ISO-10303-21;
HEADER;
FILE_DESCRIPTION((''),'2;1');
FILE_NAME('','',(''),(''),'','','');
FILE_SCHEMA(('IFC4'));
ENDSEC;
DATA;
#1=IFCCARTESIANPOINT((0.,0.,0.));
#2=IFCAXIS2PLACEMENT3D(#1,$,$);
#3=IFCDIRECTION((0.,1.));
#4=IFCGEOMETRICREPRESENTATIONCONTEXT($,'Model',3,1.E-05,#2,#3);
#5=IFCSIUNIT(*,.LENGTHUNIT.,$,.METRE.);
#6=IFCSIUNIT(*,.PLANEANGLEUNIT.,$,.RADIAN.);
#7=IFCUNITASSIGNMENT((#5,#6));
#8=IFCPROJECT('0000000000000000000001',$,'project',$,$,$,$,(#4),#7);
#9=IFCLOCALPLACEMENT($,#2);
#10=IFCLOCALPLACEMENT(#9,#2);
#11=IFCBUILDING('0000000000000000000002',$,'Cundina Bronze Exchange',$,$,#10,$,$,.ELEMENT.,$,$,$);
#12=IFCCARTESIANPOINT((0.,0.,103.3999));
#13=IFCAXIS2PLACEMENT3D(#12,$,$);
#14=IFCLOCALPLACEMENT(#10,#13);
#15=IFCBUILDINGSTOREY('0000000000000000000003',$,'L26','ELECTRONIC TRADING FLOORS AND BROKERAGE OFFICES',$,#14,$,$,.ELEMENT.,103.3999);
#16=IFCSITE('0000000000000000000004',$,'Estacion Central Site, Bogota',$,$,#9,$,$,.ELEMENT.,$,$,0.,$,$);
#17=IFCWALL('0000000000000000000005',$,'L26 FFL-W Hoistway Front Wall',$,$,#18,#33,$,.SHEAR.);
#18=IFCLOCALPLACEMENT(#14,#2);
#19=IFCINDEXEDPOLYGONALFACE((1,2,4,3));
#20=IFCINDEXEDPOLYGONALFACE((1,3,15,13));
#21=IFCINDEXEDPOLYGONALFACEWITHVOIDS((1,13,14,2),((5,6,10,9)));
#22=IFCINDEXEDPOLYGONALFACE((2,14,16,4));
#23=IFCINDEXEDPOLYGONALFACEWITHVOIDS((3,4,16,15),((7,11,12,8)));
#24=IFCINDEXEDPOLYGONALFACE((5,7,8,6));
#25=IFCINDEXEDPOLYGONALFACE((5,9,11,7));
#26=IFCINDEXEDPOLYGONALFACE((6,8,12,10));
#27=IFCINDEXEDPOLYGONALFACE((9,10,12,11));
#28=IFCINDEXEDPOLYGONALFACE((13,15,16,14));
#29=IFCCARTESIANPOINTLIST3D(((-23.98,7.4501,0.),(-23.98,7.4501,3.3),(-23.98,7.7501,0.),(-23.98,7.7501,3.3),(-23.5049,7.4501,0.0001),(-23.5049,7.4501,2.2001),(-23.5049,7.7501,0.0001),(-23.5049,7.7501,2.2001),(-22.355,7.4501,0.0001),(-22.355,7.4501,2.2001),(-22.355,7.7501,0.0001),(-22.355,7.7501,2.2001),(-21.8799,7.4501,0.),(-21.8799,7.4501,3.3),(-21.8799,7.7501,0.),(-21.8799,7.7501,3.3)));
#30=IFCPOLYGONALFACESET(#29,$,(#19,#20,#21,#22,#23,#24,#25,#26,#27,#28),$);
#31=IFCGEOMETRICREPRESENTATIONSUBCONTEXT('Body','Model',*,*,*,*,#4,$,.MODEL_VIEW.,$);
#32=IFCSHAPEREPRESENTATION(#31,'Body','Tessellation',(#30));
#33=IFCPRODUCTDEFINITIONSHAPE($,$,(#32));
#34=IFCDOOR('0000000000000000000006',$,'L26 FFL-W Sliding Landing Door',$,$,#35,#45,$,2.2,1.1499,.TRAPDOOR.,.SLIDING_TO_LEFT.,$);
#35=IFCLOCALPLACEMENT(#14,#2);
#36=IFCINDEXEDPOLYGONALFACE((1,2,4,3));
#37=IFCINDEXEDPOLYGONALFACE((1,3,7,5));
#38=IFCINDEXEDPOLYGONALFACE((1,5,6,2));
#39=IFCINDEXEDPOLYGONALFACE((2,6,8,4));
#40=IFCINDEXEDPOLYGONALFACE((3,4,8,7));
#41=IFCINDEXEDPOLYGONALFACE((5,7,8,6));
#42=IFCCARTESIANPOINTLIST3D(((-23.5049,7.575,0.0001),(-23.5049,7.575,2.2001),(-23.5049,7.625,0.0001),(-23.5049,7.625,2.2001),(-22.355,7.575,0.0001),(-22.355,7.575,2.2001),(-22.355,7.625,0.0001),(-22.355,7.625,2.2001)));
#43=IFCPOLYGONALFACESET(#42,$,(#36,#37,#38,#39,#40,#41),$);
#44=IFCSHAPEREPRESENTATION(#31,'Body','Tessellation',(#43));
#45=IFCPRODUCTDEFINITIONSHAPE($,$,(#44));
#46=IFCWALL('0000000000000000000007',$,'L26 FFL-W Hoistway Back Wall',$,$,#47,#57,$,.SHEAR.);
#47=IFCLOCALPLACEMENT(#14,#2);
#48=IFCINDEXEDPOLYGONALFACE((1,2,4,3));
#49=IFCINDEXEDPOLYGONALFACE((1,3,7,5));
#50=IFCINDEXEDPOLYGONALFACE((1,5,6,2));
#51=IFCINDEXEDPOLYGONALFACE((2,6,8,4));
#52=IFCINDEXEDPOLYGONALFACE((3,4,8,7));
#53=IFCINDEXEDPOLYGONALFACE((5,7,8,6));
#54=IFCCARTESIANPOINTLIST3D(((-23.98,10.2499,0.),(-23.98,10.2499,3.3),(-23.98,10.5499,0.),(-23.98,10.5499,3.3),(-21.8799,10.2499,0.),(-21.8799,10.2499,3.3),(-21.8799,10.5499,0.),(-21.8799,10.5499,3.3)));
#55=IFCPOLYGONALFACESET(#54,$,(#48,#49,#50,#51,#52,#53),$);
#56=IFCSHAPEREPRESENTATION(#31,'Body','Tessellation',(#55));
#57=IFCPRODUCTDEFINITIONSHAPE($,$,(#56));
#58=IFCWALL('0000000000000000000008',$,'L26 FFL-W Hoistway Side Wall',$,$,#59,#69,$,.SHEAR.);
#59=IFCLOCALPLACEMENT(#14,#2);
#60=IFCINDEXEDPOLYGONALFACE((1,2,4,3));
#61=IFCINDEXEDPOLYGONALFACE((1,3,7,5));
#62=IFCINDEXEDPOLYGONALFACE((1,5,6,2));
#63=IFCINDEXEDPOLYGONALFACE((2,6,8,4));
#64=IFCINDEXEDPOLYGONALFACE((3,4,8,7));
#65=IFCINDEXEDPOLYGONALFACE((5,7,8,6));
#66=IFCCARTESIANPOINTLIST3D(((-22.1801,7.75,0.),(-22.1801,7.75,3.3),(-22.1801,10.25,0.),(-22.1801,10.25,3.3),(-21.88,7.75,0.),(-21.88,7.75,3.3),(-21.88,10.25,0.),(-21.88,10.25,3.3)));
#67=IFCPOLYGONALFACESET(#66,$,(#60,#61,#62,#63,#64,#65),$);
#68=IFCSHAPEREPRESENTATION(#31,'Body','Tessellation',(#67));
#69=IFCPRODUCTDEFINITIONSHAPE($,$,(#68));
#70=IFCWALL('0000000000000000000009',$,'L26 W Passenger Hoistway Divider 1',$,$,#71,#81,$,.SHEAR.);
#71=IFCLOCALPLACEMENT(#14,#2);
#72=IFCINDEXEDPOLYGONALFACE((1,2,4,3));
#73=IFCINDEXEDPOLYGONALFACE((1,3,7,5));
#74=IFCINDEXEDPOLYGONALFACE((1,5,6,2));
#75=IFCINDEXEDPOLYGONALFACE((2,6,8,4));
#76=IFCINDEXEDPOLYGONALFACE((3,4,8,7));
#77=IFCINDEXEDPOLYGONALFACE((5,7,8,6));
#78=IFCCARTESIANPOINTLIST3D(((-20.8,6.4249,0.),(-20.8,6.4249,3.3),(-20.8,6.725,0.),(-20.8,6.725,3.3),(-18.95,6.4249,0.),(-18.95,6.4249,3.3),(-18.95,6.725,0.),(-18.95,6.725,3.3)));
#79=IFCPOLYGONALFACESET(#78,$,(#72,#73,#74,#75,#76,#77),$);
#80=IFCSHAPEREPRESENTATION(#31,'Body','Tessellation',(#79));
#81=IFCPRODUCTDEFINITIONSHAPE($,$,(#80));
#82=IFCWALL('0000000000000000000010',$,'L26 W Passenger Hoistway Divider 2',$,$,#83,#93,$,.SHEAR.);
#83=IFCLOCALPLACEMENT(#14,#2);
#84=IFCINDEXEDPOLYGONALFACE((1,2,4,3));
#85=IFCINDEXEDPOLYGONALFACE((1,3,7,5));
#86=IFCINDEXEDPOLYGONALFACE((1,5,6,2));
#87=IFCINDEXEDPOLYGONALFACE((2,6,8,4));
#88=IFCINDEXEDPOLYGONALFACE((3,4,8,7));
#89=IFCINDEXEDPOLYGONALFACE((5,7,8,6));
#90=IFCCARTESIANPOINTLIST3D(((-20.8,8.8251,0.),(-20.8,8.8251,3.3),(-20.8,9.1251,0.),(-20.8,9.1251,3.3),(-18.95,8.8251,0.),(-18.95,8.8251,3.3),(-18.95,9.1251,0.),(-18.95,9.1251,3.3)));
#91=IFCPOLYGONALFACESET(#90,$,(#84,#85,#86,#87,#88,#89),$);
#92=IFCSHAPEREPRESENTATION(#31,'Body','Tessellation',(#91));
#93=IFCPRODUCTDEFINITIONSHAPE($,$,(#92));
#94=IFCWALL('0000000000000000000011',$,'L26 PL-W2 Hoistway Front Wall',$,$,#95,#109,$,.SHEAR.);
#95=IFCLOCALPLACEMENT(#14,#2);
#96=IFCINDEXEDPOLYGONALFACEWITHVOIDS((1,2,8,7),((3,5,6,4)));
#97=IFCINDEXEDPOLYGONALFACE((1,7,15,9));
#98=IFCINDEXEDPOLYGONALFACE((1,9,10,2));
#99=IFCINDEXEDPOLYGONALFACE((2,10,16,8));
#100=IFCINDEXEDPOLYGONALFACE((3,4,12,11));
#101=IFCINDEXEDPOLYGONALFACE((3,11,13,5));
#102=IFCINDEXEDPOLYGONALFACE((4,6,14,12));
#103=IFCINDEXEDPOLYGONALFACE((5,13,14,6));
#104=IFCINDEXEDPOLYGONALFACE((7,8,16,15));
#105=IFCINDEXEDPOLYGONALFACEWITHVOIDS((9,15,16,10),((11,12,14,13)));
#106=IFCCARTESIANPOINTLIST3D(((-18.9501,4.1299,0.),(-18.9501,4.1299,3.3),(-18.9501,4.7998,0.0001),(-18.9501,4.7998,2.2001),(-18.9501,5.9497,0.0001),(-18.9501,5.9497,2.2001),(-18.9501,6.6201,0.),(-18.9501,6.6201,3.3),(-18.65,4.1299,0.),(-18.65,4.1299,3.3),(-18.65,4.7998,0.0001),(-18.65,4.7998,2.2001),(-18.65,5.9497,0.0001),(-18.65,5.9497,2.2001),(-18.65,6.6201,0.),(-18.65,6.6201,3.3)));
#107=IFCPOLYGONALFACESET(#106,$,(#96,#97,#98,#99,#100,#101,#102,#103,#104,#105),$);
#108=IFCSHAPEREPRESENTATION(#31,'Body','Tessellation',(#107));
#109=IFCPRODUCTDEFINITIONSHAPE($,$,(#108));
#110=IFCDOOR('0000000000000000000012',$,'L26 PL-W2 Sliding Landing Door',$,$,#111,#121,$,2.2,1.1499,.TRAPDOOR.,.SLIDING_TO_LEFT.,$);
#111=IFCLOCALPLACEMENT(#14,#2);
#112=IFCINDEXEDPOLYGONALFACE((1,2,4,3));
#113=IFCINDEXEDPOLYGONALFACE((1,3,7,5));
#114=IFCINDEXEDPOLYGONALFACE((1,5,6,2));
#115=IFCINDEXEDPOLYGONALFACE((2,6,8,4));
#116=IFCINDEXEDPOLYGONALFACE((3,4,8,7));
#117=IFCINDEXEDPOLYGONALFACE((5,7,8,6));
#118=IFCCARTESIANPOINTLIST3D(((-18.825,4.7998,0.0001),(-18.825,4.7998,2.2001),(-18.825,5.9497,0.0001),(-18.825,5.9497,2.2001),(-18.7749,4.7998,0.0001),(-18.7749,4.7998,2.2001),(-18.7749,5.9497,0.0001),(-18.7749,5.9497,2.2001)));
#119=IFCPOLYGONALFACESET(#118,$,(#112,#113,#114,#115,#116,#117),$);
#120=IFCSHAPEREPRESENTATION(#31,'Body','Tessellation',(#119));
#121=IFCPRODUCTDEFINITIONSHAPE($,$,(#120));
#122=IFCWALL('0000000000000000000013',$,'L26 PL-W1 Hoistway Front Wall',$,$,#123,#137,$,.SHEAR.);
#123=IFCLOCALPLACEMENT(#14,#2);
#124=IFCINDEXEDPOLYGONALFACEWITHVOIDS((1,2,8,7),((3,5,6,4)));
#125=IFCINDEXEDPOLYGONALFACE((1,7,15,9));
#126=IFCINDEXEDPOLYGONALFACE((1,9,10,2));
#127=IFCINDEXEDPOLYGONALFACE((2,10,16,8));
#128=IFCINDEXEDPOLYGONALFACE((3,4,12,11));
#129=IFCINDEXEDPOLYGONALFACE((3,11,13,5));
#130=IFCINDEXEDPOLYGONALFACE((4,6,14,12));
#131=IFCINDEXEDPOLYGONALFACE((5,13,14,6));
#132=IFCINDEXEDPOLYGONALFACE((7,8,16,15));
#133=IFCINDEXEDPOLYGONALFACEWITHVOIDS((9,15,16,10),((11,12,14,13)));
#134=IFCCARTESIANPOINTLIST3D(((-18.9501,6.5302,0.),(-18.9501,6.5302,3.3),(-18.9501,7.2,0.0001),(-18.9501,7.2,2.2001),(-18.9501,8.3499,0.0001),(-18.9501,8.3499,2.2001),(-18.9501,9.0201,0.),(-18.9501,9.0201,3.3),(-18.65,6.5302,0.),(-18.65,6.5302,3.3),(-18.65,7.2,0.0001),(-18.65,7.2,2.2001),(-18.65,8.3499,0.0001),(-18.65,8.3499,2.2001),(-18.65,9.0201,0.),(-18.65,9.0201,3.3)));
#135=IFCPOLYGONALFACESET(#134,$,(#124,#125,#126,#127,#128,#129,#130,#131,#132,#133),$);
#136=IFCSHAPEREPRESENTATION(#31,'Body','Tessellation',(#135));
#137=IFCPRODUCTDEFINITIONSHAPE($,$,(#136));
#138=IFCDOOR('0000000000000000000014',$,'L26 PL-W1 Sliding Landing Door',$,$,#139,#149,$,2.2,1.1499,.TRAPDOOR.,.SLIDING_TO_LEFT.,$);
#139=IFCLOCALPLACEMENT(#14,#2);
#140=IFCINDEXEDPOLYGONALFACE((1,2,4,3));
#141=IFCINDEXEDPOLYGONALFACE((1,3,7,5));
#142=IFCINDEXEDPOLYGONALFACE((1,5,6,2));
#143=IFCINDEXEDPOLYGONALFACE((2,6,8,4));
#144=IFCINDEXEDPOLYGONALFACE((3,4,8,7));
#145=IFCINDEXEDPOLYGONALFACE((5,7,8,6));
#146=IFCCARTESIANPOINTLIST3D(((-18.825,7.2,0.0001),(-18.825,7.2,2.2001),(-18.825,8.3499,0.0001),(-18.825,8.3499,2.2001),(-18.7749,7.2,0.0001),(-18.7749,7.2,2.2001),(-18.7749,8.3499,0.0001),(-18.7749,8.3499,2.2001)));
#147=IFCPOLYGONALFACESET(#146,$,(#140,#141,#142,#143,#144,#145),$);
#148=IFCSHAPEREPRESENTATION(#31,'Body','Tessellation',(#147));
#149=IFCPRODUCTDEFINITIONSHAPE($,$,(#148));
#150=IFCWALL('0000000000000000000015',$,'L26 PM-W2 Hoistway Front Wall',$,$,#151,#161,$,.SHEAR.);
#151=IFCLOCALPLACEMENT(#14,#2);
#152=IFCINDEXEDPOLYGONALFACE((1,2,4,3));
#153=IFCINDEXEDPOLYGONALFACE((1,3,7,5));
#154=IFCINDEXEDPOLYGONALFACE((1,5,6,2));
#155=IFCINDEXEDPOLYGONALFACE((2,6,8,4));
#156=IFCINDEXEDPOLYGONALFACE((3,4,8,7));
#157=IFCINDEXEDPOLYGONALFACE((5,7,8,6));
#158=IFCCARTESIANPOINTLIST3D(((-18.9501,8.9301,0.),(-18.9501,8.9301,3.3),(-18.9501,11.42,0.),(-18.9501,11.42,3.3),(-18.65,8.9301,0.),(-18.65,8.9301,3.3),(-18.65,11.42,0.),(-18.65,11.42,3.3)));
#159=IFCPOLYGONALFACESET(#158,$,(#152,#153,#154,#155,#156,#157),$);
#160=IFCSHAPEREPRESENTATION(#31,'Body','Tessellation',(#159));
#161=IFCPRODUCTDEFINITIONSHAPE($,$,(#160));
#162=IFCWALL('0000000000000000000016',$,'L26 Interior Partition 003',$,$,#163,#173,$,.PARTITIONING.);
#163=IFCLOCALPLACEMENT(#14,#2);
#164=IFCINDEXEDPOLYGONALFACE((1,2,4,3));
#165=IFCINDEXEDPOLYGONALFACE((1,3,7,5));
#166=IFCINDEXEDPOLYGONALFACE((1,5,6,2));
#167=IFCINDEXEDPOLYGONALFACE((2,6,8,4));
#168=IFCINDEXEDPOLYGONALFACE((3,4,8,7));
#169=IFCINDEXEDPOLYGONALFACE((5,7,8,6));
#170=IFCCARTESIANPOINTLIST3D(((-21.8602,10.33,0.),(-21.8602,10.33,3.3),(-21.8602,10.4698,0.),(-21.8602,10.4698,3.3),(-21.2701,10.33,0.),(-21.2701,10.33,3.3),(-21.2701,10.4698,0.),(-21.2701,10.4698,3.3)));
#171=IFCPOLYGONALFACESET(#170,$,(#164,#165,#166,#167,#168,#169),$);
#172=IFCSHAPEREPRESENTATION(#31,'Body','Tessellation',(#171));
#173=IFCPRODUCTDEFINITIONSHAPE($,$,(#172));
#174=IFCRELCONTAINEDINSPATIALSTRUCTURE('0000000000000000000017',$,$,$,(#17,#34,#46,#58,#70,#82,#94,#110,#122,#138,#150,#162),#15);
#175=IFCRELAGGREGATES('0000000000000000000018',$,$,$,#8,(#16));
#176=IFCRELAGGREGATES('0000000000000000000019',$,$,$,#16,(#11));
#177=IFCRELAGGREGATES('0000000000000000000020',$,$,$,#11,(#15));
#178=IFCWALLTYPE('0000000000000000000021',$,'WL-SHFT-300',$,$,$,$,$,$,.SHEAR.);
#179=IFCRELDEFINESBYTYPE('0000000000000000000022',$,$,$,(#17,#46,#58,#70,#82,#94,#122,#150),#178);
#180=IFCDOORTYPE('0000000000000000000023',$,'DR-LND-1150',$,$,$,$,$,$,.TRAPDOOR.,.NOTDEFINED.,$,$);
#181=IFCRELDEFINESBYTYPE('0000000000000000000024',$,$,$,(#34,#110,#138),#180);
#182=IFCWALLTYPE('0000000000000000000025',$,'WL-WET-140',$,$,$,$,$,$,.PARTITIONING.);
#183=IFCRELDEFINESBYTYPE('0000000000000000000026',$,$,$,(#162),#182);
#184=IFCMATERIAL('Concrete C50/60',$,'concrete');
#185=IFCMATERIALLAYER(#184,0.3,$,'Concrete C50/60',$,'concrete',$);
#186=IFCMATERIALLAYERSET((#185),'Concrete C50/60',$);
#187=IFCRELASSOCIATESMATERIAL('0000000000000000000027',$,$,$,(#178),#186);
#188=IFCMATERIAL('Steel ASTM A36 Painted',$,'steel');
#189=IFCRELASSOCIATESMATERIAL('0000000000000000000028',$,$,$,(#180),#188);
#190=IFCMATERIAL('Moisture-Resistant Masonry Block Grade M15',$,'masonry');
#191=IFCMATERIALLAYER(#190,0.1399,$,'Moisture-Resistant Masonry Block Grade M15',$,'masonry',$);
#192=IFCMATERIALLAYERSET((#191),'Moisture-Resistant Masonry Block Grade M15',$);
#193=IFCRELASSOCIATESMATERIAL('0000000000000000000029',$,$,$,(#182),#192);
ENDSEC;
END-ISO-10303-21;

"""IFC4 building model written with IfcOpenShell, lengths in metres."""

from ifc_helpers import new_model, si_unit, direction, frame, frame_2d, origin, place, context, subcontext, project, spatial, rectangle, extrude, material, layer, layer_set, type_object, element, fill, save


model = new_model("IFC4")

# Units and contexts
model_context = context("Model", 3, precision=1e-05, world=origin(), true_north=direction((0.0, 1.0)))
body_context = subcontext(model_context, "Body", "Model", "MODEL_VIEW")
ifc_project = project(units=[si_unit("LENGTHUNIT", "METRE"), si_unit("PLANEANGLEUNIT", "RADIAN")], contexts=[model_context])

# Site, building, storey
site_placement = place(None, origin())
site = spatial("IfcSite", under=ifc_project, at=site_placement, Name="Estacion Central Site, Bogota", CompositionType="ELEMENT", RefElevation=0.0)
building_placement = place(site_placement, origin())
building = spatial("IfcBuilding", under=site, at=building_placement, Name="Cundina Bronze Exchange", CompositionType="ELEMENT")
storey_placement = place(building_placement, frame((0.0, 0.0, 103.3999)))
storey = spatial("IfcBuildingStorey", under=building, at=storey_placement, Name="L26", Description="ELECTRONIC TRADING FLOORS AND BROKERAGE OFFICES", CompositionType="ELEMENT", Elevation=103.3999)

# Shared definitions
ifc_material_1 = material(Name="Concrete C50/60", Category="concrete")
ifc_layer_1 = layer(ifc_material_1, 0.3, Name="Concrete C50/60", Category="concrete")
ifc_layer_set_1 = layer_set([ifc_layer_1], Name="Concrete C50/60")
wall_type_1 = type_object("IfcWallType", Name="WL-SHFT-300", PredefinedType="SHEAR", material=ifc_layer_set_1)

# Wall, opening, door
wall_1_placement = place(storey_placement, frame((-23.98, 7.6001, 0.0), z_axis=(0.0, 0.0, 1.0), x_axis=(1.0, 0.0, 0.0)))
wall_1 = element("IfcWall", 1, at=wall_1_placement, inside=storey, type_object=wall_type_1, Name="L26 FFL-W Hoistway Front Wall", PredefinedType="SHEAR", context=body_context, shape_type="SweptSolid", body=[
    extrude(rectangle(XDim=2.1001, YDim=0.3, at=frame_2d((1.05, 0.0))), origin(), (0.0, 0.0, 1.0), 3.3),
])
opening_1_placement = place(wall_1_placement, frame((0.4751, 0.0, 0.0)))
opening_1 = element("IfcOpeningElement", 2, at=opening_1_placement, cuts=wall_1, PredefinedType="OPENING", context=body_context, shape_type="SweptSolid", body=[
    extrude(rectangle(XDim=1.1499, YDim=2.2, at=frame_2d((0.575, 1.1001))), frame((0.0, 0.1599, 0.0), z_axis=(0.0, -1.0, 0.0), x_axis=(1.0, 0.0, 0.0)), (0.0, 0.0, 1.0), 0.3201),
])
ifc_material_2 = material(Name="Steel ASTM A36 Painted", Category="steel")
door_type = type_object("IfcDoorType", Name="DR-LND-1150", OperationType="NOTDEFINED", PredefinedType="TRAPDOOR", material=ifc_material_2)
door_1_placement = place(opening_1_placement, origin())
door_1 = element("IfcDoor", 3, at=door_1_placement, inside=storey, type_object=door_type, Name="L26 FFL-W Sliding Landing Door", OperationType="SLIDING_TO_LEFT", OverallHeight=2.2, OverallWidth=1.1499, PredefinedType="TRAPDOOR", context=body_context, shape_type="SweptSolid", body=[
    extrude(rectangle(XDim=1.1499, YDim=2.2, at=frame_2d((0.575, 1.1001))), frame((0.0, 0.0249, 0.0), z_axis=(0.0, -1.0, 0.0), x_axis=(1.0, 0.0, 0.0)), (0.0, 0.0, 1.0), 0.05),
])
fill(opening_1, door_1)

# Walls
wall_2_placement = place(storey_placement, frame((-23.98, 10.3999, 0.0), z_axis=(0.0, 0.0, 1.0), x_axis=(1.0, 0.0, 0.0)))
element("IfcWall", 4, at=wall_2_placement, inside=storey, type_object=wall_type_1, Name="L26 FFL-W Hoistway Back Wall", PredefinedType="SHEAR", context=body_context, shape_type="SweptSolid", body=[
    extrude(rectangle(XDim=2.1001, YDim=0.3, at=frame_2d((1.05, 0.0))), origin(), (0.0, 0.0, 1.0), 3.3),
])
wall_3_placement = place(storey_placement, frame((-22.03, 7.75, 0.0), z_axis=(0.0, 0.0, 1.0), x_axis=(0.0, 1.0, 0.0)))
element("IfcWall", 5, at=wall_3_placement, inside=storey, type_object=wall_type_1, Name="L26 FFL-W Hoistway Side Wall", PredefinedType="SHEAR", context=body_context, shape_type="SweptSolid", body=[
    extrude(rectangle(XDim=2.5, YDim=0.3, at=frame_2d((1.25, 0.0))), origin(), (0.0, 0.0, 1.0), 3.3),
])
for number, where, z_axis, x_axis, name in (
    (6, (-20.8, 6.575, 0.0), (0.0, 0.0, 1.0), (1.0, 0.0, 0.0), "L26 W Passenger Hoistway Divider 1"),
    (7, (-20.8, 8.9751, 0.0), (0.0, 0.0, 1.0), (1.0, 0.0, 0.0), "L26 W Passenger Hoistway Divider 2"),
):
    element("IfcWall", number, at=place(storey_placement, frame(where, z_axis=z_axis, x_axis=x_axis)), inside=storey, type_object=wall_type_1, Name=name, PredefinedType="SHEAR", context=body_context, shape_type="SweptSolid", body=[
        extrude(rectangle(XDim=1.8501, YDim=0.3, at=frame_2d((0.925, 0.0))), origin(), (0.0, 0.0, 1.0), 3.3),
    ])

# Walls, openings, doors
wall_4_placement = place(storey_placement, frame((-18.8, 4.1299, 0.0), z_axis=(0.0, 0.0, 1.0), x_axis=(0.0, 1.0, 0.0)))
wall_4 = element("IfcWall", 8, at=wall_4_placement, inside=storey, type_object=wall_type_1, Name="L26 PL-W2 Hoistway Front Wall", PredefinedType="SHEAR", context=body_context, shape_type="SweptSolid", body=[
    extrude(rectangle(XDim=2.4902, YDim=0.3, at=frame_2d((1.2451, 0.0))), origin(), (0.0, 0.0, 1.0), 3.3),
])
opening_2_placement = place(wall_4_placement, frame((0.6699, 0.0, 0.0)))
opening_2 = element("IfcOpeningElement", 9, at=opening_2_placement, cuts=wall_4, PredefinedType="OPENING", context=body_context, shape_type="SweptSolid", body=[
    extrude(rectangle(XDim=1.1499, YDim=2.2, at=frame_2d((0.575, 1.1001))), frame((0.0, 0.1599, 0.0), z_axis=(0.0, -1.0, 0.0), x_axis=(1.0, 0.0, 0.0)), (0.0, 0.0, 1.0), 0.3201),
])
door_2_placement = place(opening_2_placement, origin())
door_2 = element("IfcDoor", 10, at=door_2_placement, inside=storey, type_object=door_type, Name="L26 PL-W2 Sliding Landing Door", OperationType="SLIDING_TO_LEFT", OverallHeight=2.2, OverallWidth=1.1499, PredefinedType="TRAPDOOR", context=body_context, shape_type="SweptSolid", body=[
    extrude(rectangle(XDim=1.1499, YDim=2.2, at=frame_2d((0.575, 1.1001))), frame((0.0, 0.0249, 0.0), z_axis=(0.0, -1.0, 0.0), x_axis=(1.0, 0.0, 0.0)), (0.0, 0.0, 1.0), 0.05),
])
fill(opening_2, door_2)
wall_5_placement = place(storey_placement, frame((-18.8, 6.53, 0.0), z_axis=(0.0, 0.0, 1.0), x_axis=(0.0, 1.0, 0.0)))
wall_5 = element("IfcWall", 11, at=wall_5_placement, inside=storey, type_object=wall_type_1, Name="L26 PL-W1 Hoistway Front Wall", PredefinedType="SHEAR", context=body_context, shape_type="SweptSolid", body=[
    extrude(rectangle(XDim=2.49, YDim=0.3, at=frame_2d((1.2451, 0.0))), origin(), (0.0, 0.0, 1.0), 3.3),
])
opening_3_placement = place(wall_5_placement, frame((0.6699, 0.0, 0.0)))
opening_3 = element("IfcOpeningElement", 12, at=opening_3_placement, cuts=wall_5, PredefinedType="OPENING", context=body_context, shape_type="SweptSolid", body=[
    extrude(rectangle(XDim=1.1499, YDim=2.2, at=frame_2d((0.575, 1.1001))), frame((0.0, 0.1599, 0.0), z_axis=(0.0, -1.0, 0.0), x_axis=(1.0, 0.0, 0.0)), (0.0, 0.0, 1.0), 0.3201),
])
door_3_placement = place(opening_3_placement, origin())
door_3 = element("IfcDoor", 13, at=door_3_placement, inside=storey, type_object=door_type, Name="L26 PL-W1 Sliding Landing Door", OperationType="SLIDING_TO_LEFT", OverallHeight=2.2, OverallWidth=1.1499, PredefinedType="TRAPDOOR", context=body_context, shape_type="SweptSolid", body=[
    extrude(rectangle(XDim=1.1499, YDim=2.2, at=frame_2d((0.575, 1.1001))), frame((0.0, 0.0249, 0.0), z_axis=(0.0, -1.0, 0.0), x_axis=(1.0, 0.0, 0.0)), (0.0, 0.0, 1.0), 0.05),
])
fill(opening_3, door_3)

# Walls
wall_6_placement = place(storey_placement, frame((-18.8, 8.9299, 0.0), z_axis=(0.0, 0.0, 1.0), x_axis=(0.0, 1.0, 0.0)))
element("IfcWall", 14, at=wall_6_placement, inside=storey, type_object=wall_type_1, Name="L26 PM-W2 Hoistway Front Wall", PredefinedType="SHEAR", context=body_context, shape_type="SweptSolid", body=[
    extrude(rectangle(XDim=2.49, YDim=0.3, at=frame_2d((1.2451, 0.0))), origin(), (0.0, 0.0, 1.0), 3.3),
])
ifc_material_3 = material(Name="Moisture-Resistant Masonry Block Grade M15", Category="masonry")
ifc_layer_2 = layer(ifc_material_3, 0.1399, Name="Moisture-Resistant Masonry Block Grade M15", Category="masonry")
ifc_layer_set_2 = layer_set([ifc_layer_2], Name="Moisture-Resistant Masonry Block Grade M15")
wall_type_2 = type_object("IfcWallType", Name="WL-WET-140", PredefinedType="PARTITIONING", material=ifc_layer_set_2)
wall_7_placement = place(storey_placement, frame((-21.8601, 10.3999, 0.0), z_axis=(0.0, 0.0, 1.0), x_axis=(1.0, 0.0, 0.0)))
element("IfcWall", 15, at=wall_7_placement, inside=storey, type_object=wall_type_2, Name="L26 Interior Partition 003", PredefinedType="PARTITIONING", context=body_context, shape_type="SweptSolid", body=[
    extrude(rectangle(XDim=0.5901, YDim=0.1399, at=frame_2d((0.2949, 0.0))), origin(), (0.0, 0.0, 1.0), 3.3),
])

save(model, "model.ifc")
